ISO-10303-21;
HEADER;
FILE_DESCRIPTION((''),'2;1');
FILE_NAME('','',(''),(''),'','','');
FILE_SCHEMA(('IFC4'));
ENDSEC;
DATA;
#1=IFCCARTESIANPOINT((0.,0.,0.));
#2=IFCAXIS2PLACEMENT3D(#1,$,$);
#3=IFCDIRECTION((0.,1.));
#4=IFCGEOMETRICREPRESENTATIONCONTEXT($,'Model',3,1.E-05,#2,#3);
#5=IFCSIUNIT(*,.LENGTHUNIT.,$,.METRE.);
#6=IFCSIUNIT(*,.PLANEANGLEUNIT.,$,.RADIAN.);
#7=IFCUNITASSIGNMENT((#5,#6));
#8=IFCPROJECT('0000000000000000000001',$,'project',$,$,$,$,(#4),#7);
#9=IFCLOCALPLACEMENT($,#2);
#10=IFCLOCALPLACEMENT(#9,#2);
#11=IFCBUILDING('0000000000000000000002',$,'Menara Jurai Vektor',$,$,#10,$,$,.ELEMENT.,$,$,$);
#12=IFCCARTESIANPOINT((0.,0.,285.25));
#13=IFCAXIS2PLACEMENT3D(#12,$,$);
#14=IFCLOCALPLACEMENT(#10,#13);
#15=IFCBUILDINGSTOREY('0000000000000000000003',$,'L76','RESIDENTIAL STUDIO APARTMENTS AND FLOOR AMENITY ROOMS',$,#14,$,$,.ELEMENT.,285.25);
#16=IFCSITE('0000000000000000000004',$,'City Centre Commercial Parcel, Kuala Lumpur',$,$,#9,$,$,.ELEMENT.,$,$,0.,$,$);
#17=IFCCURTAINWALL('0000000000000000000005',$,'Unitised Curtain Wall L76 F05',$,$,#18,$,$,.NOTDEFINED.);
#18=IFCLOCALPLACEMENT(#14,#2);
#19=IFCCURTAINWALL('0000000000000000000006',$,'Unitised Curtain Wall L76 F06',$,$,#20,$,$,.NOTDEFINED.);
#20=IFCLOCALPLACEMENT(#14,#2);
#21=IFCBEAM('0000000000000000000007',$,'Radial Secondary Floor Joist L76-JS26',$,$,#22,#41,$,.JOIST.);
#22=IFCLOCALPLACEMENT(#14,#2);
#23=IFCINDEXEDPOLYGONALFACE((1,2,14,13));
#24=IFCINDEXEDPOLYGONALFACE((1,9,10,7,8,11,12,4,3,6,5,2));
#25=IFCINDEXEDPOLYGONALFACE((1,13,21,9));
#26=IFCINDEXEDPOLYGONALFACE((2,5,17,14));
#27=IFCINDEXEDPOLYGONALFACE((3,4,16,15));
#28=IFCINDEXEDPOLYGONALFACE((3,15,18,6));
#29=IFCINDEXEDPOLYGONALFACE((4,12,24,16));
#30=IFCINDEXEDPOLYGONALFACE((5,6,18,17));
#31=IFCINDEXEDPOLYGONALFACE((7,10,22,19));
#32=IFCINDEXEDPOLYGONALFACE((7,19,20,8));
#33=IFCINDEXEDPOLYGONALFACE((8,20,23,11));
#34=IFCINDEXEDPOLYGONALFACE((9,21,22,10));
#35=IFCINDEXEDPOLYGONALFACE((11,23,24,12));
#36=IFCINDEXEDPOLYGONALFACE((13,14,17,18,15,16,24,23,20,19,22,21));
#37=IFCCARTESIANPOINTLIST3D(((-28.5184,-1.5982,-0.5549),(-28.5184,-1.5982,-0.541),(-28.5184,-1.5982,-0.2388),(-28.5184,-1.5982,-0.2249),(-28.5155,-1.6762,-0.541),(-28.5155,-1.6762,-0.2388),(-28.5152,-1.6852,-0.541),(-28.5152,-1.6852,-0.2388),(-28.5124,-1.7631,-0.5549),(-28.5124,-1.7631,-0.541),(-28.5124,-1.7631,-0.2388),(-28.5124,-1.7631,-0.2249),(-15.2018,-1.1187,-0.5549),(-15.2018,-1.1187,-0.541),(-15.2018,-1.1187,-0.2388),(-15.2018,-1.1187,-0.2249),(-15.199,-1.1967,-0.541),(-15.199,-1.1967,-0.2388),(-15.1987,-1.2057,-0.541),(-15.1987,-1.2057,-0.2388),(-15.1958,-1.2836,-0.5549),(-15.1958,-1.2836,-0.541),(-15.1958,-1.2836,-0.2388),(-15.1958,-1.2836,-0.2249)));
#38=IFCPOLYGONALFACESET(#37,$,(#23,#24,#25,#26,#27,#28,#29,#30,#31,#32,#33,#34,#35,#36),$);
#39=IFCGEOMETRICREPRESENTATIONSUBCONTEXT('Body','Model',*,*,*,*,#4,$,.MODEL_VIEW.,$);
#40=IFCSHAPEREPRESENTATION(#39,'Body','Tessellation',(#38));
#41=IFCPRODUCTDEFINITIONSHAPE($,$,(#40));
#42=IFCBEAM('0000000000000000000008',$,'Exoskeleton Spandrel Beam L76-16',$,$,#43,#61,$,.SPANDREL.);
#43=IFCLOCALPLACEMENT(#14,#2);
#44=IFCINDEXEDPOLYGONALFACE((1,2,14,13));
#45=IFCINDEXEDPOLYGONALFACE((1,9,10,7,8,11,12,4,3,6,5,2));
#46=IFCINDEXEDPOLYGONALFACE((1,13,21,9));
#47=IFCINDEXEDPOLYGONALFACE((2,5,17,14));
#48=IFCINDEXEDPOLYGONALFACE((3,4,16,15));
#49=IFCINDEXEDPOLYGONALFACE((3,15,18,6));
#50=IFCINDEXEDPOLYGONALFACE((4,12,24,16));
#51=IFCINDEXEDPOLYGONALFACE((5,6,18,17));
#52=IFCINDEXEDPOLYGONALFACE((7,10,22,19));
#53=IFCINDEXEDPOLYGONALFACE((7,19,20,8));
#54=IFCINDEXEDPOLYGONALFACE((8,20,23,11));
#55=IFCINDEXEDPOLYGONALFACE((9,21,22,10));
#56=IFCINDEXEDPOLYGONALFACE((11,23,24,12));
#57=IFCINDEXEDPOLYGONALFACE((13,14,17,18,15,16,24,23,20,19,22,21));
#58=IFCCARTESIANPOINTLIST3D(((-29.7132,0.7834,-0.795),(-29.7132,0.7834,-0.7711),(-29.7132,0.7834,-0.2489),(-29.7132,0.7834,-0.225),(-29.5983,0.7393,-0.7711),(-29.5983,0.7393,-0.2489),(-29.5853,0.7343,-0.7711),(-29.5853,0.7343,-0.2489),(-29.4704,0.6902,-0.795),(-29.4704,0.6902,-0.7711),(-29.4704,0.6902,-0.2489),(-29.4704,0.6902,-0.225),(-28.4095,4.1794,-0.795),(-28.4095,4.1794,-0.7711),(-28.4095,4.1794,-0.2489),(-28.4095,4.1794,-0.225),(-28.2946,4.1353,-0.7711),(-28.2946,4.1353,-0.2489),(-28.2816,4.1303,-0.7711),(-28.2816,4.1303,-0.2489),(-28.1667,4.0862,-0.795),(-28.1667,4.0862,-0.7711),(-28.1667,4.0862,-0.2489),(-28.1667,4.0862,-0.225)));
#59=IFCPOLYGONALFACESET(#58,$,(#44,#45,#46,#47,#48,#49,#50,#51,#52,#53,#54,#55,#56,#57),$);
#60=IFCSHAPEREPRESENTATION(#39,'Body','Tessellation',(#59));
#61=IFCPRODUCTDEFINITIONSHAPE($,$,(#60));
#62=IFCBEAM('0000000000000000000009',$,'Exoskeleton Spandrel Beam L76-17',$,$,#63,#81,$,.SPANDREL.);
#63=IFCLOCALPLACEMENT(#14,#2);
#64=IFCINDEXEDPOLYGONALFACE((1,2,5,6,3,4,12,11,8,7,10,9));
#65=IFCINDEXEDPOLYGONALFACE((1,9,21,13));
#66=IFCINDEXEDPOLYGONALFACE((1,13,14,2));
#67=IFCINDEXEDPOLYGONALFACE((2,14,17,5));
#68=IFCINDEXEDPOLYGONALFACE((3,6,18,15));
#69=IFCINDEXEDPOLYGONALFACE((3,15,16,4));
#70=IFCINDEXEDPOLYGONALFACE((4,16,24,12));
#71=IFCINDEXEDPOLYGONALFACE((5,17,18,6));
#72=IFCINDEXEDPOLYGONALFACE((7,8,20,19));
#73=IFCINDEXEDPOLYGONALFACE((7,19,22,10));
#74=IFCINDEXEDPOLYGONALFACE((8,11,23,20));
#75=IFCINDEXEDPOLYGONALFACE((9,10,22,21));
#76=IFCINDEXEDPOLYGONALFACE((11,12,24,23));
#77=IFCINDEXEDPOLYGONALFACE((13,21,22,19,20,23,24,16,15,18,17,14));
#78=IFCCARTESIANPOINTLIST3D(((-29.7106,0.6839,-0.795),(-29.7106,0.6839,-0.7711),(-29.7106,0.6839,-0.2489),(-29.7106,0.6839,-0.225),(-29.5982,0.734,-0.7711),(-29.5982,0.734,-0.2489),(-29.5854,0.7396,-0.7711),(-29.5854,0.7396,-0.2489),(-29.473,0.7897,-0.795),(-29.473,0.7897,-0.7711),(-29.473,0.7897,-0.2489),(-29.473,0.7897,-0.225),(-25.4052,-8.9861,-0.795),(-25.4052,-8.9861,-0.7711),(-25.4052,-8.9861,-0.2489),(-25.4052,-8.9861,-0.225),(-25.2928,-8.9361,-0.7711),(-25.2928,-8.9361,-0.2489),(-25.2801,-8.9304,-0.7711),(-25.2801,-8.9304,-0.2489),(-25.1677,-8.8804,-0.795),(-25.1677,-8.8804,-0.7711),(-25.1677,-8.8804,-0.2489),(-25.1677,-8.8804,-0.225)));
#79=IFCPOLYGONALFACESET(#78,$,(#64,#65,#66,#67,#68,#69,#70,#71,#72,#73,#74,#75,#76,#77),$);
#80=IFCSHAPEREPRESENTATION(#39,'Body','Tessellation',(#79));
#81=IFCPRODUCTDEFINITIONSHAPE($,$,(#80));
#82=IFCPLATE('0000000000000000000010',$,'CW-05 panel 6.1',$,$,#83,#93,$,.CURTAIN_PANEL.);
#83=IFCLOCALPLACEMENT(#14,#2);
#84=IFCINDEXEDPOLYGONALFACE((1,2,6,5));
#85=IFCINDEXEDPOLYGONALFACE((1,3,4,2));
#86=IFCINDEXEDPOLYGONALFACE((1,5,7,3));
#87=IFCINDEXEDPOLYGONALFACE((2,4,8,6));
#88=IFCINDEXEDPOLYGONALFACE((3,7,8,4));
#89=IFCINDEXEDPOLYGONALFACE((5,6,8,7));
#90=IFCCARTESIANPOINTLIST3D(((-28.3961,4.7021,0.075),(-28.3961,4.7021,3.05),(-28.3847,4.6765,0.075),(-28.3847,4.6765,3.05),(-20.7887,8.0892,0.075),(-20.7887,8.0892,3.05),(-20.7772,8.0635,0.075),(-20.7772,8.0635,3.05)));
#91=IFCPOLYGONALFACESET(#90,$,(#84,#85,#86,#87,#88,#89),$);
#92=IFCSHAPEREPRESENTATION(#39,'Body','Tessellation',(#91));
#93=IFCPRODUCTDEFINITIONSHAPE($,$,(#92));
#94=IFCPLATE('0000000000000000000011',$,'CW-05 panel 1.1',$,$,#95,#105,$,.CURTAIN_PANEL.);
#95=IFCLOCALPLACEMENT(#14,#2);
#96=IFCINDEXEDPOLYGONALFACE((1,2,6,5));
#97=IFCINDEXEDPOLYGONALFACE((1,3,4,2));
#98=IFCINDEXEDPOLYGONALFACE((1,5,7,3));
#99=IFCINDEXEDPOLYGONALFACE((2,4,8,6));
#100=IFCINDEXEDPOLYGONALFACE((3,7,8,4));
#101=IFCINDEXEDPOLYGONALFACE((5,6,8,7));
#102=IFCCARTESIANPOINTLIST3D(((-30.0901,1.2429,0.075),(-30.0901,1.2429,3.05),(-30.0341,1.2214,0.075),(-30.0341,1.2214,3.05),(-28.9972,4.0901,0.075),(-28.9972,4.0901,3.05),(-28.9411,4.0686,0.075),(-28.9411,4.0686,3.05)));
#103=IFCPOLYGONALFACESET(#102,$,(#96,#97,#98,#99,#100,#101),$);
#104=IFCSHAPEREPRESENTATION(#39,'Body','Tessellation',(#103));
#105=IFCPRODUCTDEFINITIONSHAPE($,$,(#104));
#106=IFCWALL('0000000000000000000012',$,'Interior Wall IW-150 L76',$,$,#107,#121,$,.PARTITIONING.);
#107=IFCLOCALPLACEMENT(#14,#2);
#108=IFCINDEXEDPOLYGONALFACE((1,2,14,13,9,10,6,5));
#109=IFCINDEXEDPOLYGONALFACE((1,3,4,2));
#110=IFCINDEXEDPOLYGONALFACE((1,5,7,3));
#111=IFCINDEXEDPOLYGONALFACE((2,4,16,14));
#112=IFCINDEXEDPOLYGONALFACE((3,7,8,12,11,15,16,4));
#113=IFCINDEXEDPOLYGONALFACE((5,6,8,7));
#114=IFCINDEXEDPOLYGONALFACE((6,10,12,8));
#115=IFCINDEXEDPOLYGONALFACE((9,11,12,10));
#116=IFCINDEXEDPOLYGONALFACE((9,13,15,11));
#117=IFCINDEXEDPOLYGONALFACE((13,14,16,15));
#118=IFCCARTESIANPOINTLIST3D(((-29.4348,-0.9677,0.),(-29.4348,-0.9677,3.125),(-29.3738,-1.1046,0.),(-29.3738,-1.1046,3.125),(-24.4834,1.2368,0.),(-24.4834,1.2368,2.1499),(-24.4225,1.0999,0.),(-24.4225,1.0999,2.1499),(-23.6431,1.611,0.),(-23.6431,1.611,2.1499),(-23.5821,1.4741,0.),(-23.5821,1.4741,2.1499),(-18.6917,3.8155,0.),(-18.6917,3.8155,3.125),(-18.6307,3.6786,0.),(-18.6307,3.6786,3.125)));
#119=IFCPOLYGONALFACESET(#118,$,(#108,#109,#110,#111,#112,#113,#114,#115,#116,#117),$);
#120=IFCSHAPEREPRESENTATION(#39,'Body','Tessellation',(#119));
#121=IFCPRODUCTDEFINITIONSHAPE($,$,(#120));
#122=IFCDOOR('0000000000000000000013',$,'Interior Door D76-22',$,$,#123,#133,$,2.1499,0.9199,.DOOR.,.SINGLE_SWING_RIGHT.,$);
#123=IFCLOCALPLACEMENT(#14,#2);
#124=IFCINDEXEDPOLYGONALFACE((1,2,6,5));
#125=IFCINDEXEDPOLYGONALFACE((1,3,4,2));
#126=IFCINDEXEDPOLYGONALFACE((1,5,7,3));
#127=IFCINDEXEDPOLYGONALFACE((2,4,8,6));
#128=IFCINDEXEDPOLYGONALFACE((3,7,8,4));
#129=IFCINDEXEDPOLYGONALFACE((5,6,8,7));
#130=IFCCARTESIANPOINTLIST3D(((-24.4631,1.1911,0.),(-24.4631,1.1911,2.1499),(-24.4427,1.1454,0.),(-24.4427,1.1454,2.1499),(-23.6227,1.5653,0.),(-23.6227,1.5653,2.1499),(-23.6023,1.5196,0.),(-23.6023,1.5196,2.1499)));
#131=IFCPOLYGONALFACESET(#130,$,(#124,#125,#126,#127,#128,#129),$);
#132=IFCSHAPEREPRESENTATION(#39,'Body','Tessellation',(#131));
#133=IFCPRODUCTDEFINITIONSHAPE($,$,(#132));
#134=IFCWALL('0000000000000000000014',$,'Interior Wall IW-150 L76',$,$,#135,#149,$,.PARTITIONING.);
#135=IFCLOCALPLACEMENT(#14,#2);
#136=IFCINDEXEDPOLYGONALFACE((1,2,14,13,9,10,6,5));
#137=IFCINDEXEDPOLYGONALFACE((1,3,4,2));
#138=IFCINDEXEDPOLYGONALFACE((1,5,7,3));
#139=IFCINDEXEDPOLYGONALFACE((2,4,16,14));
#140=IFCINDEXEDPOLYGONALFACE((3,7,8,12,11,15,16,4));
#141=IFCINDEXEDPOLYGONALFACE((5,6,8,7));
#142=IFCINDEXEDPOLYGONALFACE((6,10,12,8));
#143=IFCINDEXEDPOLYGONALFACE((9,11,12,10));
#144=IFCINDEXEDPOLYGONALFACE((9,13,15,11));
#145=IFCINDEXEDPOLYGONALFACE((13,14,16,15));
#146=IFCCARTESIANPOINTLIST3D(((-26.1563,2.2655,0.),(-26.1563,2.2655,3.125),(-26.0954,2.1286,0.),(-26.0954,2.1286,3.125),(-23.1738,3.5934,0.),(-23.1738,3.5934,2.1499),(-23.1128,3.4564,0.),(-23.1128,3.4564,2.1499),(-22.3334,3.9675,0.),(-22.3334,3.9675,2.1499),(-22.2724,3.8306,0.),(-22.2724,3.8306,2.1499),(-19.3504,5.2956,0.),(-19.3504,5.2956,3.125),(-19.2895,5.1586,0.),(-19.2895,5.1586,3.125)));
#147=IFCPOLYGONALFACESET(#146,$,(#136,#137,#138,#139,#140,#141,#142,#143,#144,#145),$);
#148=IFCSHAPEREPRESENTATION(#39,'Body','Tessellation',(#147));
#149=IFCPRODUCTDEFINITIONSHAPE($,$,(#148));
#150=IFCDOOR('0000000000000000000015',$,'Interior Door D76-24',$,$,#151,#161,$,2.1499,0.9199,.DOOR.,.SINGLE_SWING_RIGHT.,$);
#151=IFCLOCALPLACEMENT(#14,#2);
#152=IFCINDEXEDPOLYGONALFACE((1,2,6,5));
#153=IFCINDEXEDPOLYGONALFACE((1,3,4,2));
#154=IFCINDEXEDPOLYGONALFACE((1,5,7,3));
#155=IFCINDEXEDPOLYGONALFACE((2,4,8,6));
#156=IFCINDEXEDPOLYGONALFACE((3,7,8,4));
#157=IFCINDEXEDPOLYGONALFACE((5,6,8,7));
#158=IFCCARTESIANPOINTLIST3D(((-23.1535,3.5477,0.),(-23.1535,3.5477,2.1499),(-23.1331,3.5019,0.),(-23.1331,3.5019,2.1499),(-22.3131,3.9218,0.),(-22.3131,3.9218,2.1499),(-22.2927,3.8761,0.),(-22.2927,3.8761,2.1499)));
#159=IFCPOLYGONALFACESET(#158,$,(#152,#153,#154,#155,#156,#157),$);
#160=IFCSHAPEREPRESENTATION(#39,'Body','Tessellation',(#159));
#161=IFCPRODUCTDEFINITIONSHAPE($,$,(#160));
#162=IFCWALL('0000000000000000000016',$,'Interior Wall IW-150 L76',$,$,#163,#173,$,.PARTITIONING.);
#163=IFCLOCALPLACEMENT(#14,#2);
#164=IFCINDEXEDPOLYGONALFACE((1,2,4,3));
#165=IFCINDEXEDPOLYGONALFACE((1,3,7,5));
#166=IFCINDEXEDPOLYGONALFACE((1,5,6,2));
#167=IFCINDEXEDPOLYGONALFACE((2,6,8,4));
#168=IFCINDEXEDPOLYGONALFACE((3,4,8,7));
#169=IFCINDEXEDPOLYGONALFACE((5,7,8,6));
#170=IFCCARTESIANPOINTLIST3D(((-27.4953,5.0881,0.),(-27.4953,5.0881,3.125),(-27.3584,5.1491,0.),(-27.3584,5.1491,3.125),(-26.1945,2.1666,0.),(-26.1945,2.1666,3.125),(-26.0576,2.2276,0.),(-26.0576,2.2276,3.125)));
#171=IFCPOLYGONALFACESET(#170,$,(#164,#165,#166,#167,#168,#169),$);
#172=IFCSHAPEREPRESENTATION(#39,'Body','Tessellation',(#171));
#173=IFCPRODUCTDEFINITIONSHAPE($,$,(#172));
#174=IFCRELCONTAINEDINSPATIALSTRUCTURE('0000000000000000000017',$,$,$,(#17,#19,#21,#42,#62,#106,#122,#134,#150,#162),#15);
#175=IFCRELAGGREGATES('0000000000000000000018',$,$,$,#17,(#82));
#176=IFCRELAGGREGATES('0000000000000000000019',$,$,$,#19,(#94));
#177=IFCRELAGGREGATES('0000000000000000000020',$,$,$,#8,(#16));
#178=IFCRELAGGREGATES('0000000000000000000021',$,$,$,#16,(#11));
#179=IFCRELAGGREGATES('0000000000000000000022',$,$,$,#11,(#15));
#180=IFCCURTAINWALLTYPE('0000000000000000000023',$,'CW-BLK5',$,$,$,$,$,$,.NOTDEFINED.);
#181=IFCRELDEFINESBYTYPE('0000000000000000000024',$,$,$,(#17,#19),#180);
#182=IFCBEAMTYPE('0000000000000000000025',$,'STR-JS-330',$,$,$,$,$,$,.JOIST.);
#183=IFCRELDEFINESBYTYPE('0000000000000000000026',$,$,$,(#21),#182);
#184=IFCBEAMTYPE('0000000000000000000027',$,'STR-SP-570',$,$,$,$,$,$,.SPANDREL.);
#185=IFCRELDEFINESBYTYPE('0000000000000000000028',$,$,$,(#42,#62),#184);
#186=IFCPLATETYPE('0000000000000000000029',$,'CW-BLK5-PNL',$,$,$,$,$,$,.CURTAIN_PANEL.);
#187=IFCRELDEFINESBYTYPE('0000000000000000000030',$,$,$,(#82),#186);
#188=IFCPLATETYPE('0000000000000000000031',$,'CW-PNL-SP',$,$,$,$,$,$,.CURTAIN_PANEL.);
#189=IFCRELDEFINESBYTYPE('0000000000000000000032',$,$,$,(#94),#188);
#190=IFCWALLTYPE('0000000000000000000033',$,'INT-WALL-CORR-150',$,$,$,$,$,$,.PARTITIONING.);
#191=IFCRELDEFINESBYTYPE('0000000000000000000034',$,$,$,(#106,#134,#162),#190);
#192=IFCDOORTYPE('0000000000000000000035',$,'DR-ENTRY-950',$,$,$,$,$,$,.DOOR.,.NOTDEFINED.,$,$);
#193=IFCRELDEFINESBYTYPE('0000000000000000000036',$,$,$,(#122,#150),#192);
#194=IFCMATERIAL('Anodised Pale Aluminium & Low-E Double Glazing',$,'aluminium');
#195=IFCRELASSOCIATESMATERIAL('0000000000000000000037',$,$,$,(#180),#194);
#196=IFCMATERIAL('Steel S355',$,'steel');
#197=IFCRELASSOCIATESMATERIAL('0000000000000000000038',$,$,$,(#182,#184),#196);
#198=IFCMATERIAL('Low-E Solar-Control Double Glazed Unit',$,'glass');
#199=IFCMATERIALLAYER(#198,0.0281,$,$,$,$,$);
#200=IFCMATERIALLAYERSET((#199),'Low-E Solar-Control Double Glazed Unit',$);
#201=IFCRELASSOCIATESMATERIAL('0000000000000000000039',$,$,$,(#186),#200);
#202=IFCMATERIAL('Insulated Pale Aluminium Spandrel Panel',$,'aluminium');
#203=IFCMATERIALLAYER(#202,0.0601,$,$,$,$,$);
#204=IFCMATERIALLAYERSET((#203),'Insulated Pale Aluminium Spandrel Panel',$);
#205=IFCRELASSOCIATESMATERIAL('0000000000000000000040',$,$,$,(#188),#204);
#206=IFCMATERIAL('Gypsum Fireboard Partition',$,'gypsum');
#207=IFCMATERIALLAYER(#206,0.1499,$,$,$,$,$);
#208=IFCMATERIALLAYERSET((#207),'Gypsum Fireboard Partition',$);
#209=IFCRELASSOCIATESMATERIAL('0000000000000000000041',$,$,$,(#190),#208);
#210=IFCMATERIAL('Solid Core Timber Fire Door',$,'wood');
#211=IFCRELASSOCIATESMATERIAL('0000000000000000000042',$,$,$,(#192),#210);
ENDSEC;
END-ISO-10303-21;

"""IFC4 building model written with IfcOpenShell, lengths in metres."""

from ifc_helpers import new_model, si_unit, direction, frame, frame_2d, origin, origin_2d, place, context, subcontext, project, spatial, rectangle, i_section, extrude, material, layer, layer_set, material_profile, profile_set, type_object, element, fill, aggregate, save


model = new_model("IFC4")

# Units and contexts
model_context = context("Model", 3, precision=1e-05, world=origin(), true_north=direction((0.0, 1.0)))
body_context = subcontext(model_context, "Body", "Model", "MODEL_VIEW")
ifc_project = project(units=[si_unit("LENGTHUNIT", "METRE"), si_unit("PLANEANGLEUNIT", "RADIAN")], contexts=[model_context])

# Site, building, storey
site_placement = place(None, origin())
site = spatial("IfcSite", under=ifc_project, at=site_placement, Name="City Centre Commercial Parcel, Kuala Lumpur", CompositionType="ELEMENT", RefElevation=0.0)
building_placement = place(site_placement, origin())
building = spatial("IfcBuilding", under=site, at=building_placement, Name="Menara Jurai Vektor", CompositionType="ELEMENT")
storey_placement = place(building_placement, frame((0.0, 0.0, 285.25)))
storey = spatial("IfcBuildingStorey", under=building, at=storey_placement, Name="L76", Description="RESIDENTIAL STUDIO APARTMENTS AND FLOOR AMENITY ROOMS", CompositionType="ELEMENT", Elevation=285.25)

# Curtain wall
ifc_material_1 = material(Name="Anodised Pale Aluminium & Low-E Double Glazing", Category="aluminium")
curtain_wall_type = type_object("IfcCurtainWallType", Name="CW-BLK5", PredefinedType="NOTDEFINED", material=ifc_material_1)
curtain_wall_1_placement = place(storey_placement, origin())
curtain_wall_1 = element("IfcCurtainWall", 1, at=curtain_wall_1_placement, inside=storey, type_object=curtain_wall_type, Name="Unitised Curtain Wall L76 F05", PredefinedType="NOTDEFINED")

# Curtain wall
curtain_wall_2_placement = place(storey_placement, origin())
curtain_wall_2 = element("IfcCurtainWall", 2, at=curtain_wall_2_placement, inside=storey, type_object=curtain_wall_type, Name="Unitised Curtain Wall L76 F06", PredefinedType="NOTDEFINED")

# Shared definitions
ifc_material_2 = material(Name="Steel S355", Category="steel")

# Beams
ifc_material_profile_1 = material_profile(ifc_material_2, i_section(OverallWidth=0.165, OverallDepth=0.3301, WebThickness=0.009, FlangeThickness=0.0139, at=origin_2d()), Name="PG 330x165x46")
ifc_profile_set_1 = profile_set([ifc_material_profile_1], Name="Steel S355")
beam_type_1 = type_object("IfcBeamType", Name="STR-JS-330", PredefinedType="JOIST", material=ifc_profile_set_1)
beam_1_placement = place(storey_placement, frame((-28.5154, -1.6807, -0.3899), z_axis=(0.999352, 0.035984, 0.0), x_axis=(-0.035984, 0.999352, 0.0)))
element("IfcBeam", 3, at=beam_1_placement, inside=storey, type_object=beam_type_1, Name="Radial Secondary Floor Joist L76-JS26", PredefinedType="JOIST", context=body_context, shape_type="SweptSolid", body=[
    extrude(i_section(OverallWidth=0.165, OverallDepth=0.3301, WebThickness=0.009, FlangeThickness=0.0139, at=origin_2d()), origin(), (0.0, 0.0, 1.0), 13.3252),
])
ifc_material_profile_2 = material_profile(ifc_material_2, i_section(OverallWidth=0.26, OverallDepth=0.5701, WebThickness=0.0139, FlangeThickness=0.0239, at=origin_2d()), Name="PG 570x260x145")
ifc_profile_set_2 = profile_set([ifc_material_profile_2], Name="Steel S355")
beam_type_2 = type_object("IfcBeamType", Name="STR-SP-570", PredefinedType="SPANDREL", material=ifc_profile_set_2)
beam_2_placement = place(storey_placement, frame((-28.2881, 4.1328, -0.51), z_axis=(-0.358394, -0.93357, 0.0), x_axis=(0.93357, -0.358394, 0.0)))
element("IfcBeam", 4, at=beam_2_placement, inside=storey, type_object=beam_type_2, Name="Exoskeleton Spandrel Beam L76-16", PredefinedType="SPANDREL", context=body_context, shape_type="SweptSolid", body=[
    extrude(i_section(OverallWidth=0.26, OverallDepth=0.5701, WebThickness=0.0139, FlangeThickness=0.0239, at=origin_2d()), origin(), (0.0, 0.0, 1.0), 3.6377),
])
beam_3_placement = place(storey_placement, frame((-29.5918, 0.7368, -0.51), z_axis=(0.406735, -0.913546, 0.0), x_axis=(0.913546, 0.406735, 0.0)))
element("IfcBeam", 5, at=beam_3_placement, inside=storey, type_object=beam_type_2, Name="Exoskeleton Spandrel Beam L76-17", PredefinedType="SPANDREL", context=body_context, shape_type="SweptSolid", body=[
    extrude(i_section(OverallWidth=0.26, OverallDepth=0.5701, WebThickness=0.0139, FlangeThickness=0.0239, at=origin_2d()), origin(), (0.0, 0.0, 1.0), 10.5852),
])

# Plates
ifc_material_3 = material(Name="Low-E Solar-Control Double Glazed Unit", Category="glass")
ifc_layer_1 = layer(ifc_material_3, 0.0281)
ifc_layer_set_1 = layer_set([ifc_layer_1], Name="Low-E Solar-Control Double Glazed Unit")
plate_type_1 = type_object("IfcPlateType", Name="CW-BLK5-PNL", PredefinedType="CURTAIN_PANEL", material=ifc_layer_set_1)
plate_1_placement = place(storey_placement, frame((-24.5867, 6.3828, 0.075), z_axis=(0.0, 0.0, 1.0), x_axis=(-0.913546, -0.406735, 0.0)))
plate_1 = element("IfcPlate", 6, at=plate_1_placement, type_object=plate_type_1, Name="CW-05 panel 6.1", PredefinedType="CURTAIN_PANEL", context=body_context, shape_type="SweptSolid", body=[
    extrude(rectangle(XDim=8.3274, YDim=0.0281, at=origin_2d()), origin(), (0.0, 0.0, 1.0), 2.9751),
])
aggregate(curtain_wall_1, [plate_1])
ifc_material_4 = material(Name="Insulated Pale Aluminium Spandrel Panel", Category="aluminium")
ifc_layer_2 = layer(ifc_material_4, 0.0601)
ifc_layer_set_2 = layer_set([ifc_layer_2], Name="Insulated Pale Aluminium Spandrel Panel")
plate_type_2 = type_object("IfcPlateType", Name="CW-PNL-SP", PredefinedType="CURTAIN_PANEL", material=ifc_layer_set_2)
plate_2_placement = place(storey_placement, frame((-29.5156, 2.6558, 0.075), z_axis=(0.0, 0.0, 1.0), x_axis=(-0.358374, -0.933578, 0.0)))
plate_2 = element("IfcPlate", 7, at=plate_2_placement, type_object=plate_type_2, Name="CW-05 panel 1.1", PredefinedType="CURTAIN_PANEL", context=body_context, shape_type="SweptSolid", body=[
    extrude(rectangle(XDim=3.0498, YDim=0.0601, at=origin_2d()), origin(), (0.0, 0.0, 1.0), 2.9751),
])
aggregate(curtain_wall_2, [plate_2])

# Walls, openings, doors
ifc_material_5 = material(Name="Gypsum Fireboard Partition", Category="gypsum")
ifc_layer_3 = layer(ifc_material_5, 0.1499)
ifc_layer_set_3 = layer_set([ifc_layer_3], Name="Gypsum Fireboard Partition")
wall_type = type_object("IfcWallType", Name="INT-WALL-CORR-150", PredefinedType="PARTITIONING", material=ifc_layer_set_3)
wall_1_placement = place(storey_placement, frame((-29.4043, -1.0361, 0.0), z_axis=(0.0, 0.0, 1.0), x_axis=(0.913544, 0.406739, 0.0)))
wall_1 = element("IfcWall", 8, at=wall_1_placement, inside=storey, type_object=wall_type, Name="Interior Wall IW-150 L76", PredefinedType="PARTITIONING", context=body_context, shape_type="SweptSolid", body=[
    extrude(rectangle(XDim=11.7598, YDim=0.1499, at=frame_2d((5.8799, 0.0))), origin(), (0.0, 0.0, 1.0), 3.125),
])
opening_1_placement = place(wall_1_placement, frame((5.4199, 0.0, 0.0)))
opening_1 = element("IfcOpeningElement", 9, at=opening_1_placement, cuts=wall_1, PredefinedType="OPENING", context=body_context, shape_type="SweptSolid", body=[
    extrude(rectangle(XDim=0.9199, YDim=2.1499, at=frame_2d((0.46, 1.075))), frame((0.0, 0.085, 0.0), z_axis=(0.0, -1.0, 0.0), x_axis=(1.0, 0.0, 0.0)), (0.0, 0.0, 1.0), 0.1699),
])
ifc_material_6 = material(Name="Solid Core Timber Fire Door", Category="wood")
door_type = type_object("IfcDoorType", Name="DR-ENTRY-950", OperationType="NOTDEFINED", PredefinedType="DOOR", material=ifc_material_6)
door_1_placement = place(opening_1_placement, origin())
door_1 = element("IfcDoor", 10, at=door_1_placement, inside=storey, type_object=door_type, Name="Interior Door D76-22", OperationType="SINGLE_SWING_RIGHT", OverallHeight=2.1499, OverallWidth=0.9199, PredefinedType="DOOR", context=body_context, shape_type="SweptSolid", body=[
    extrude(rectangle(XDim=0.9199, YDim=2.1499, at=frame_2d((0.46, 1.075))), frame((0.0, 0.0249, 0.0), z_axis=(0.0, -1.0, 0.0), x_axis=(1.0, 0.0, 0.0)), (0.0, 0.0, 1.0), 0.05),
])
fill(opening_1, door_1)
wall_2_placement = place(storey_placement, frame((-26.126, 2.197, 0.0), z_axis=(0.0, 0.0, 1.0), x_axis=(0.913553, 0.406719, 0.0)))
wall_2 = element("IfcWall", 11, at=wall_2_placement, inside=storey, type_object=wall_type, Name="Interior Wall IW-150 L76", PredefinedType="PARTITIONING", context=body_context, shape_type="SweptSolid", body=[
    extrude(rectangle(XDim=7.45, YDim=0.1499, at=frame_2d((3.7251, 0.0))), origin(), (0.0, 0.0, 1.0), 3.125),
])
opening_2_placement = place(wall_2_placement, frame((3.2649, 0.0, 0.0)))
opening_2 = element("IfcOpeningElement", 12, at=opening_2_placement, cuts=wall_2, PredefinedType="OPENING", context=body_context, shape_type="SweptSolid", body=[
    extrude(rectangle(XDim=0.9199, YDim=2.1499, at=frame_2d((0.46, 1.075))), frame((0.0, 0.085, 0.0), z_axis=(0.0, -1.0, 0.0), x_axis=(1.0, 0.0, 0.0)), (0.0, 0.0, 1.0), 0.1699),
])
door_2_placement = place(opening_2_placement, origin())
door_2 = element("IfcDoor", 13, at=door_2_placement, inside=storey, type_object=door_type, Name="Interior Door D76-24", OperationType="SINGLE_SWING_RIGHT", OverallHeight=2.1499, OverallWidth=0.9199, PredefinedType="DOOR", context=body_context, shape_type="SweptSolid", body=[
    extrude(rectangle(XDim=0.9199, YDim=2.1499, at=frame_2d((0.46, 1.075))), frame((0.0, 0.0249, 0.0), z_axis=(0.0, -1.0, 0.0), x_axis=(1.0, 0.0, 0.0)), (0.0, 0.0, 1.0), 0.05),
])
fill(opening_2, door_2)

# Wall
wall_3_placement = place(storey_placement, frame((-26.126, 2.197, 0.0), z_axis=(0.0, 0.0, 1.0), x_axis=(-0.406762, 0.913534, 0.0)))
element("IfcWall", 14, at=wall_3_placement, inside=storey, type_object=wall_type, Name="Interior Wall IW-150 L76", PredefinedType="PARTITIONING", context=body_context, shape_type="SweptSolid", body=[
    extrude(rectangle(XDim=3.198, YDim=0.1499, at=frame_2d((1.5991, 0.0))), origin(), (0.0, 0.0, 1.0), 3.125),
])

save(model, "model.ifc")
